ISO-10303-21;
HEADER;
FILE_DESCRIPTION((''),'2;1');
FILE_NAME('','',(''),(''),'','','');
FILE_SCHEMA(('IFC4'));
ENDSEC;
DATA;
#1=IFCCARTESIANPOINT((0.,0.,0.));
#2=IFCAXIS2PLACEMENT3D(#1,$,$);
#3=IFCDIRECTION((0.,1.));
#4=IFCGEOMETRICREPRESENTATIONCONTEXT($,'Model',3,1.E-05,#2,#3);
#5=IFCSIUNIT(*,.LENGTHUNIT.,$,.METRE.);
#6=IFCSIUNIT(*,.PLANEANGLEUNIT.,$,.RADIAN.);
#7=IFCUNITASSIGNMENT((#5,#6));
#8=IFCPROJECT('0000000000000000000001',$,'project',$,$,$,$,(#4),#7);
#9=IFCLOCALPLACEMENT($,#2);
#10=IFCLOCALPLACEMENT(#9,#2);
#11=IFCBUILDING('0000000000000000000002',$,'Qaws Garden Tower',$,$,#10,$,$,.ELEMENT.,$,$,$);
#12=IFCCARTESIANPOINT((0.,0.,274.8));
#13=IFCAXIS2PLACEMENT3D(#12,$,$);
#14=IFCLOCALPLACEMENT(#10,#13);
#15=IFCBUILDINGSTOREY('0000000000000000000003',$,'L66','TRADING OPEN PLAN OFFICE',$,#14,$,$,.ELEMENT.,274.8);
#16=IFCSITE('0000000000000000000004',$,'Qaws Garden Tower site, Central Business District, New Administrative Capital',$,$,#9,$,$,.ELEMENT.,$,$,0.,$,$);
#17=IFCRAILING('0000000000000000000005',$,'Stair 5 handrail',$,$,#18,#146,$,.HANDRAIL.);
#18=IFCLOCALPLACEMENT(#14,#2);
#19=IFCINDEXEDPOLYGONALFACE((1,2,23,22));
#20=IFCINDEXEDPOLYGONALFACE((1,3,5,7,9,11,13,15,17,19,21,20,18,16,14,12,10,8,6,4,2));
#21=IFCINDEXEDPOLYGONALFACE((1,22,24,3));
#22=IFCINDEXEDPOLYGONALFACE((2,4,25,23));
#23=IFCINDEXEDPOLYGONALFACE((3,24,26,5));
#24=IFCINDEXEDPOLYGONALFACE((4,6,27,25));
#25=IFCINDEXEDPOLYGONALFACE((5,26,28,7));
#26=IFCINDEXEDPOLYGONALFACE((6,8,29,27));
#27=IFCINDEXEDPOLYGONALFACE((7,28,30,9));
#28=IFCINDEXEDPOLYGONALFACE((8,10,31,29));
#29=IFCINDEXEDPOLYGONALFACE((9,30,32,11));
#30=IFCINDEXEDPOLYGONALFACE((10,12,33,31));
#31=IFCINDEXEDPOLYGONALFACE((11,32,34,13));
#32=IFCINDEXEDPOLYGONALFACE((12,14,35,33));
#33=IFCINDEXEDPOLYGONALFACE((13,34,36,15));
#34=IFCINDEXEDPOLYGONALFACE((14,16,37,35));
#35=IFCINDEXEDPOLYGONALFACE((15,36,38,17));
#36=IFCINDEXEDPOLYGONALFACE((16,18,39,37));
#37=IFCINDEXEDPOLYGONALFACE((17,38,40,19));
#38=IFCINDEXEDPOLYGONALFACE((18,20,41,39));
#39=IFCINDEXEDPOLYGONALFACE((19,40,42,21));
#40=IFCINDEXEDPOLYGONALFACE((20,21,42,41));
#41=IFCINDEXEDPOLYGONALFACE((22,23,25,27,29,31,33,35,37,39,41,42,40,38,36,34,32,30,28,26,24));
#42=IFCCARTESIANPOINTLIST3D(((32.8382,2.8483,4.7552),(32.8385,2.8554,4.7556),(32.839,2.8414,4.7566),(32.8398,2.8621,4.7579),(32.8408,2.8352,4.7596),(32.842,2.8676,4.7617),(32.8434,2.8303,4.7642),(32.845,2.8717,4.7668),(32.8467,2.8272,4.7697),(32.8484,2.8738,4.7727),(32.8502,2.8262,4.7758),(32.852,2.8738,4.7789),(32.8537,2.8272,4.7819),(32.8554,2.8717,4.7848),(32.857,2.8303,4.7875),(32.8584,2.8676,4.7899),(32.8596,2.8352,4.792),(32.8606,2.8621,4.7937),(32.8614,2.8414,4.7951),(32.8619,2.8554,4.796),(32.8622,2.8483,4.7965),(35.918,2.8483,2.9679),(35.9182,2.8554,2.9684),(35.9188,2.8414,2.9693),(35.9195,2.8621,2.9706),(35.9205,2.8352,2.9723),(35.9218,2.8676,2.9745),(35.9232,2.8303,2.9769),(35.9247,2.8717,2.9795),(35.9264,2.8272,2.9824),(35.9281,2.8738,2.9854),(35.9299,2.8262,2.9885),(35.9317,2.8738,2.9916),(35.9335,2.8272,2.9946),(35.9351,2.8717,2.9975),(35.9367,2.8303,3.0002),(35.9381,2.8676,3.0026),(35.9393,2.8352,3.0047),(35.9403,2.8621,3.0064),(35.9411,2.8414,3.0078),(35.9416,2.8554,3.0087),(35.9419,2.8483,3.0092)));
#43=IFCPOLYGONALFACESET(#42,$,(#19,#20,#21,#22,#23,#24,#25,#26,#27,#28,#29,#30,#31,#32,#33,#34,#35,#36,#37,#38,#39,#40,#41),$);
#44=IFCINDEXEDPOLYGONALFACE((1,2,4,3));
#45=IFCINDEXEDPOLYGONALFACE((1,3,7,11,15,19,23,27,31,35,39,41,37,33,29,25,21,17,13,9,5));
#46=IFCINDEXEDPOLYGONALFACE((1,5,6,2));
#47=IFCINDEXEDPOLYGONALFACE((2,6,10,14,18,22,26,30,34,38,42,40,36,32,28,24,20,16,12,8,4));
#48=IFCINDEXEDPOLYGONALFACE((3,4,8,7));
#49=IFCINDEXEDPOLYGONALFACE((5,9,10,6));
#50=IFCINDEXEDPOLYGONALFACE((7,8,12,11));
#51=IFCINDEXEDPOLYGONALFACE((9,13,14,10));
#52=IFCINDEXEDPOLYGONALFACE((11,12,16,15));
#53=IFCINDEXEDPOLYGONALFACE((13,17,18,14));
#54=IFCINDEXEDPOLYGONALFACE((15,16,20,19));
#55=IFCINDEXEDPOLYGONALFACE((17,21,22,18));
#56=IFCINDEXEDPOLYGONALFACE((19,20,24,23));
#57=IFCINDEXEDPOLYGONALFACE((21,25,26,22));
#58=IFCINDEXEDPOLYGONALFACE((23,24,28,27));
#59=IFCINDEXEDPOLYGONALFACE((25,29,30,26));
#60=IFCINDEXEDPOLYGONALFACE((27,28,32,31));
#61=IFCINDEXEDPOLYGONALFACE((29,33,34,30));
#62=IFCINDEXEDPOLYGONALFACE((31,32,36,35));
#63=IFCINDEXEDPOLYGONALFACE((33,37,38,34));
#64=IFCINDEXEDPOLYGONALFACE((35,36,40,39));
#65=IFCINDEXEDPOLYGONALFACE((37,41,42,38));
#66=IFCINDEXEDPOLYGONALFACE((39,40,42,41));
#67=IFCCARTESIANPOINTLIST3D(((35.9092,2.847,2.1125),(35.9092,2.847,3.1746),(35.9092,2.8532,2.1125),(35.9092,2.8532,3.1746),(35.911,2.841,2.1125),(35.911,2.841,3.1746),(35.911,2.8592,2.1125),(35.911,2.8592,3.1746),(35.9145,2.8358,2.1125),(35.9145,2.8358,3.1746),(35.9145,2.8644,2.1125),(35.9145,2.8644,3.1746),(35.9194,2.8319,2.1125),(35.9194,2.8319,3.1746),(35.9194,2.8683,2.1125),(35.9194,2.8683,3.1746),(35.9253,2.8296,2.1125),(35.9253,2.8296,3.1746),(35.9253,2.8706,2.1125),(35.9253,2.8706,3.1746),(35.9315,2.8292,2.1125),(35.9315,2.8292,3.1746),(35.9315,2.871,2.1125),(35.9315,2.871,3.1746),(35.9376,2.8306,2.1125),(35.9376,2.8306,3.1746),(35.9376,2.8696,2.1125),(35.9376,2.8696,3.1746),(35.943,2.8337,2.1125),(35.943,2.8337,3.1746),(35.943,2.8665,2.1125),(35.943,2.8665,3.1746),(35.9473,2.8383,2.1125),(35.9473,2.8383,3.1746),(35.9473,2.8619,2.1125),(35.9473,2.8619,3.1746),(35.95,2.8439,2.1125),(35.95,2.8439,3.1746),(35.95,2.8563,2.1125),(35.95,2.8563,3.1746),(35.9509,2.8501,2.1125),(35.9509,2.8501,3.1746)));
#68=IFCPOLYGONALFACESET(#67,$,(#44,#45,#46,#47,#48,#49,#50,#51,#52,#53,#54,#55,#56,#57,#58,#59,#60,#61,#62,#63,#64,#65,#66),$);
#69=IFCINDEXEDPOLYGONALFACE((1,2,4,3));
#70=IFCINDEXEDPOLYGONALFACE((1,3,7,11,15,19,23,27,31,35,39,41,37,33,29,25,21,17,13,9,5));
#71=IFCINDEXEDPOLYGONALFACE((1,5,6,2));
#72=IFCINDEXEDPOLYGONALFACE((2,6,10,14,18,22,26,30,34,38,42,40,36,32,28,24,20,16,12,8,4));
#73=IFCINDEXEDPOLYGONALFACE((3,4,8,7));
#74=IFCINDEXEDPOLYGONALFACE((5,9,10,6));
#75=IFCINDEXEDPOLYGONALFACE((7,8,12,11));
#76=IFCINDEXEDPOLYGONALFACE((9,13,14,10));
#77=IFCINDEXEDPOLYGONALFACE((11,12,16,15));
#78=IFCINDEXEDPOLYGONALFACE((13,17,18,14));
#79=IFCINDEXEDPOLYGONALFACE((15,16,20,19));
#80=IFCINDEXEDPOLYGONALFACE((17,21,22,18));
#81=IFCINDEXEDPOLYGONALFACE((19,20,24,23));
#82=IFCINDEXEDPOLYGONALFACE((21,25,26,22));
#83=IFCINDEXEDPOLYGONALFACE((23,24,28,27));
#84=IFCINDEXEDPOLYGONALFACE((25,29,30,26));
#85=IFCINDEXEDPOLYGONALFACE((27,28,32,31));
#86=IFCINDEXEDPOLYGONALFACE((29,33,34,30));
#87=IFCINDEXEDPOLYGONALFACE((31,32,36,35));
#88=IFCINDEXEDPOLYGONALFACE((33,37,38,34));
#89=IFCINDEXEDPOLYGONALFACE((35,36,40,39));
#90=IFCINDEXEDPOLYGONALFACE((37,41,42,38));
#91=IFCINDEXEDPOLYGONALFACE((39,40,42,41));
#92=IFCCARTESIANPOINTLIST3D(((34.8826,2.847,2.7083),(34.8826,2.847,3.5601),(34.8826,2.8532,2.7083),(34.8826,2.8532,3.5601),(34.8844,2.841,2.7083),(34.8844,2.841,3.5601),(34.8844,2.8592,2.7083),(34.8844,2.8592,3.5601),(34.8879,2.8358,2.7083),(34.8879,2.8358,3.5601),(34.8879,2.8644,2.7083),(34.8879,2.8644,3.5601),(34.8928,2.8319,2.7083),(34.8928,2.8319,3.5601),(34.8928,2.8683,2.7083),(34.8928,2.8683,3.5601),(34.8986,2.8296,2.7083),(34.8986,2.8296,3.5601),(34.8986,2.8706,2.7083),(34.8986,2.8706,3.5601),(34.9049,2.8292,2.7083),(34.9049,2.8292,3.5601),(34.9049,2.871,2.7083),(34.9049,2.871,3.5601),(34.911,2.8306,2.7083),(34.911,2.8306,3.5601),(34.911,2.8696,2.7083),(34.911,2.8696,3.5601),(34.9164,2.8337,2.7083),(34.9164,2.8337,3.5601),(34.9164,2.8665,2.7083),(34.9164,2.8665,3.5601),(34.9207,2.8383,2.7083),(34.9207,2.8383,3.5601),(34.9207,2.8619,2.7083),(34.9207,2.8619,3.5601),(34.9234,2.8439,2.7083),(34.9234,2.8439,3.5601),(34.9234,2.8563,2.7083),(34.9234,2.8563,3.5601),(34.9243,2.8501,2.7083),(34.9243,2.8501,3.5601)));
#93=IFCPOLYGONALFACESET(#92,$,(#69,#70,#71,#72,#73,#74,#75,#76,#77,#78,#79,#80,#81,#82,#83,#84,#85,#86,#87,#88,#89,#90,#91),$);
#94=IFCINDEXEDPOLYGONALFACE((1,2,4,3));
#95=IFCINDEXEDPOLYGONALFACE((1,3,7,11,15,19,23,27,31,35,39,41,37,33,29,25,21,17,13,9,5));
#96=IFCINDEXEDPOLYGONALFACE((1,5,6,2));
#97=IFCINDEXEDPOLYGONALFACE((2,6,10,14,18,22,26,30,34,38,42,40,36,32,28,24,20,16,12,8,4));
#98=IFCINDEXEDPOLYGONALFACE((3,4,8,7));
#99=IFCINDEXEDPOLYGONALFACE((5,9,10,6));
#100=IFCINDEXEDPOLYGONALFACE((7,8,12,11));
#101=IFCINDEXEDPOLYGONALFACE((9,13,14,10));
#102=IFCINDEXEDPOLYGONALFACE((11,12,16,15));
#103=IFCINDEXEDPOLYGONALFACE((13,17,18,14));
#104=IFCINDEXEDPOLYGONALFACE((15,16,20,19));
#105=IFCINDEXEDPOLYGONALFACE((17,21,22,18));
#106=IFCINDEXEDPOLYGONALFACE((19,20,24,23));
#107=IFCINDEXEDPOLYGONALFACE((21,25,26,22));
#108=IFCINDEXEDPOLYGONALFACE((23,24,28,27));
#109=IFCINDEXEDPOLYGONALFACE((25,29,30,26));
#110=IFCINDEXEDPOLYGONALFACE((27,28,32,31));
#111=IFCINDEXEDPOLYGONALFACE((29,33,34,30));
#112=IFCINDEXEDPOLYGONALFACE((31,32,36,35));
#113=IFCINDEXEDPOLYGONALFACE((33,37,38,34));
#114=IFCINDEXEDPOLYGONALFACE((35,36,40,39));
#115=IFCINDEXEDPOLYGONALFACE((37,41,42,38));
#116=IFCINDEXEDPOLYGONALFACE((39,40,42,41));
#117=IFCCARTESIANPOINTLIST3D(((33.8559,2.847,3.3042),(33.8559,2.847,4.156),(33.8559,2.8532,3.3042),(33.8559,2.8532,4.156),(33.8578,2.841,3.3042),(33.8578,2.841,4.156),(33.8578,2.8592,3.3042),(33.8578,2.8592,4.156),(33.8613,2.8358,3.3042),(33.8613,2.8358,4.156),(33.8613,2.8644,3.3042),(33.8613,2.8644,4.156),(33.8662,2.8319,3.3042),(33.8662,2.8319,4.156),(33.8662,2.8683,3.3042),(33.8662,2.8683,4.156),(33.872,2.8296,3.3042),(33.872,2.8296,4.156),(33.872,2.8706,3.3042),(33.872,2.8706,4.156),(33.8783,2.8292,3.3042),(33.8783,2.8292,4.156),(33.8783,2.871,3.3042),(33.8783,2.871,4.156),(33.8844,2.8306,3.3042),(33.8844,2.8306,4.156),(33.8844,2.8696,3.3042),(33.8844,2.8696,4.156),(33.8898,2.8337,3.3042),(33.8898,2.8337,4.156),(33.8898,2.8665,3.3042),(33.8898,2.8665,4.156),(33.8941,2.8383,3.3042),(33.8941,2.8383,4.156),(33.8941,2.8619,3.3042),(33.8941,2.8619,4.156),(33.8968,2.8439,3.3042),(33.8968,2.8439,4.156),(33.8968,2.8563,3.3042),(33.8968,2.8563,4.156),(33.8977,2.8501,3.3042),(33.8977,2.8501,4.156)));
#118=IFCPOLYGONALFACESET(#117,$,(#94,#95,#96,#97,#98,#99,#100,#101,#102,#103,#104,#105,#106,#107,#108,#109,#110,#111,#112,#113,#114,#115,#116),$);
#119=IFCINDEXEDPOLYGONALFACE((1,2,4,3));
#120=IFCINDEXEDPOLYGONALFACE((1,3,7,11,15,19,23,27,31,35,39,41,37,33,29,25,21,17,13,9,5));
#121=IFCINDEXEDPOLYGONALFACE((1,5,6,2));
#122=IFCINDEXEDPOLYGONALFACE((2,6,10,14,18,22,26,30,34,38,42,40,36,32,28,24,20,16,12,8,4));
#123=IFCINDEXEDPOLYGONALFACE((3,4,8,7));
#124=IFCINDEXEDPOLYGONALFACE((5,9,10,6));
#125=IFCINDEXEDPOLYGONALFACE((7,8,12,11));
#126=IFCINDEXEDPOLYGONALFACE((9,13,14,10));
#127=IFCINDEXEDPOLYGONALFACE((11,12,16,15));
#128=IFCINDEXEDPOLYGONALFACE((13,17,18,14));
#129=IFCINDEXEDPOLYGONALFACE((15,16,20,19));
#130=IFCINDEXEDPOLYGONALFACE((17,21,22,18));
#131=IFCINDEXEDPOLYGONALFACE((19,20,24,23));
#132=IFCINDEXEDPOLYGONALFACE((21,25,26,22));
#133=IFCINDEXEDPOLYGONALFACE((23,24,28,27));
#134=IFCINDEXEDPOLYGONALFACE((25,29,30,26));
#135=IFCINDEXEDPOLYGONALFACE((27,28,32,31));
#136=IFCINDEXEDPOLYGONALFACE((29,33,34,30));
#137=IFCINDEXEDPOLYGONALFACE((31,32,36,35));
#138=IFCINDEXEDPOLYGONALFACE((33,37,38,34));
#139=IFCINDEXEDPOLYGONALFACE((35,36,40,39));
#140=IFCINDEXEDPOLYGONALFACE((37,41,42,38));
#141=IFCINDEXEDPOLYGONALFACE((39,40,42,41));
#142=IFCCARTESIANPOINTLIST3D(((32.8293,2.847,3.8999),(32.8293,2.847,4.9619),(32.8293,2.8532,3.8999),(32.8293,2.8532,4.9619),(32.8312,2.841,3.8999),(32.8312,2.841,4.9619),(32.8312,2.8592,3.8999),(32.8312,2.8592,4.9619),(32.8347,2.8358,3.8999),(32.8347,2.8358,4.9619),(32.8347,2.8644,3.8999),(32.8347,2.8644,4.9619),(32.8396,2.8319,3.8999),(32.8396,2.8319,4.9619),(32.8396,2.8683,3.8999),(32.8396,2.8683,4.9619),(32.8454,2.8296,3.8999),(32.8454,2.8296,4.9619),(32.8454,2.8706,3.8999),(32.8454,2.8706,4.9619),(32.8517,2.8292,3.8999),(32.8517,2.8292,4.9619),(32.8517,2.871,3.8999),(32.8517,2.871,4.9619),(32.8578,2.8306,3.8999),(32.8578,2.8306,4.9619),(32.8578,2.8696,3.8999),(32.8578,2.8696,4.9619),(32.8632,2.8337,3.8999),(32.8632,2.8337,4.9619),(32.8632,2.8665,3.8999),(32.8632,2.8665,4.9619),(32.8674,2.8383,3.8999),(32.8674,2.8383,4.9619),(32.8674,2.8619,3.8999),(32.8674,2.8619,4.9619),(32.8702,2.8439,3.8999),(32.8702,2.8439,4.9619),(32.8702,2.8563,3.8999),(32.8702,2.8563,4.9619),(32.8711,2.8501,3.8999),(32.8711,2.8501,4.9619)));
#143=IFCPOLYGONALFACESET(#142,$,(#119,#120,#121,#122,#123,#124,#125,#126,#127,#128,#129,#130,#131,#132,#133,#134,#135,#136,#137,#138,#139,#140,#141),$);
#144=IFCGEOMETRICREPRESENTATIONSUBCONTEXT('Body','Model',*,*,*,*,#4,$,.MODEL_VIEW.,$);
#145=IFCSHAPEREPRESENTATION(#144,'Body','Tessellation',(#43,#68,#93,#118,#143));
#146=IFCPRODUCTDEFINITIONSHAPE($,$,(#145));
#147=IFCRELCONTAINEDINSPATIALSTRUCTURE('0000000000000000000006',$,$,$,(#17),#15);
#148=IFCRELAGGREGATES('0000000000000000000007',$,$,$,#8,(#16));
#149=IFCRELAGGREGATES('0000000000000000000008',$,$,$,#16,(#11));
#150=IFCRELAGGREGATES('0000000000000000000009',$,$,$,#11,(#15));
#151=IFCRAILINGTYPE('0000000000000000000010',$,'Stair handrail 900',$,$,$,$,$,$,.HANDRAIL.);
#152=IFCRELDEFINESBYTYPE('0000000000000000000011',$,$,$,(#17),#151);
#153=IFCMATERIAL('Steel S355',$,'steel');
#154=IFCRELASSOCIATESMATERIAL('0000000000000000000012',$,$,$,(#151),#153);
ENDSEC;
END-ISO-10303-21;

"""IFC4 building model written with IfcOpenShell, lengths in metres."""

from ifc_helpers import new_model, si_unit, direction, frame, origin, origin_2d, place, context, subcontext, project, spatial, circle, extrude, material, type_object, element, save


model = new_model("IFC4")

# Units and contexts
model_context = context("Model", 3, precision=1e-05, world=origin(), true_north=direction((0.0, 1.0)))
body_context = subcontext(model_context, "Body", "Model", "MODEL_VIEW")
ifc_project = project(units=[si_unit("LENGTHUNIT", "METRE"), si_unit("PLANEANGLEUNIT", "RADIAN")], contexts=[model_context])

# Site, building, storey
site_placement = place(None, origin())
site = spatial("IfcSite", under=ifc_project, at=site_placement, Name="Qaws Garden Tower site, Central Business District, New Administrative Capital", CompositionType="ELEMENT", RefElevation=0.0)
building_placement = place(site_placement, origin())
building = spatial("IfcBuilding", under=site, at=building_placement, Name="Qaws Garden Tower", CompositionType="ELEMENT")
storey_placement = place(building_placement, frame((0.0, 0.0, 274.8)))
storey = spatial("IfcBuildingStorey", under=building, at=storey_placement, Name="L66", Description="TRADING OPEN PLAN OFFICE", CompositionType="ELEMENT", Elevation=274.8)

# Railing
ifc_material_1 = material(Name="Steel S355", Category="steel")
railing_type = type_object("IfcRailingType", Name="Stair handrail 900", PredefinedType="HANDRAIL", material=ifc_material_1)
railing_1_placement = place(storey_placement, frame((35.9299, 2.8501, 2.1125)))
element("IfcRailing", 1, at=railing_1_placement, inside=storey, type_object=railing_type, Name="Stair 5 handrail", PredefinedType="HANDRAIL", context=body_context, shape_type="SweptSolid", body=[
    extrude(circle(Radius=0.0239, at=origin_2d()), frame((0.0, 0.0, 0.876), z_axis=(-0.864903, 0.0, 0.501939), x_axis=(0.0, -1.0, 0.0)), (0.0, 0.0, 1.0), 3.5608),
    extrude(circle(Radius=0.021, at=origin_2d()), origin(), (0.0, 0.0, 1.0), 1.062),
    extrude(circle(Radius=0.021, at=origin_2d()), frame((-1.0266, 0.0, 0.5957)), (0.0, 0.0, 1.0), 0.8518),
    extrude(circle(Radius=0.021, at=origin_2d()), frame((-2.0532, 0.0, 1.1917)), (0.0, 0.0, 1.0), 0.8518),
    extrude(circle(Radius=0.021, at=origin_2d()), frame((-3.0798, 0.0, 1.7874)), (0.0, 0.0, 1.0), 1.062),
])

save(model, "model.ifc")
